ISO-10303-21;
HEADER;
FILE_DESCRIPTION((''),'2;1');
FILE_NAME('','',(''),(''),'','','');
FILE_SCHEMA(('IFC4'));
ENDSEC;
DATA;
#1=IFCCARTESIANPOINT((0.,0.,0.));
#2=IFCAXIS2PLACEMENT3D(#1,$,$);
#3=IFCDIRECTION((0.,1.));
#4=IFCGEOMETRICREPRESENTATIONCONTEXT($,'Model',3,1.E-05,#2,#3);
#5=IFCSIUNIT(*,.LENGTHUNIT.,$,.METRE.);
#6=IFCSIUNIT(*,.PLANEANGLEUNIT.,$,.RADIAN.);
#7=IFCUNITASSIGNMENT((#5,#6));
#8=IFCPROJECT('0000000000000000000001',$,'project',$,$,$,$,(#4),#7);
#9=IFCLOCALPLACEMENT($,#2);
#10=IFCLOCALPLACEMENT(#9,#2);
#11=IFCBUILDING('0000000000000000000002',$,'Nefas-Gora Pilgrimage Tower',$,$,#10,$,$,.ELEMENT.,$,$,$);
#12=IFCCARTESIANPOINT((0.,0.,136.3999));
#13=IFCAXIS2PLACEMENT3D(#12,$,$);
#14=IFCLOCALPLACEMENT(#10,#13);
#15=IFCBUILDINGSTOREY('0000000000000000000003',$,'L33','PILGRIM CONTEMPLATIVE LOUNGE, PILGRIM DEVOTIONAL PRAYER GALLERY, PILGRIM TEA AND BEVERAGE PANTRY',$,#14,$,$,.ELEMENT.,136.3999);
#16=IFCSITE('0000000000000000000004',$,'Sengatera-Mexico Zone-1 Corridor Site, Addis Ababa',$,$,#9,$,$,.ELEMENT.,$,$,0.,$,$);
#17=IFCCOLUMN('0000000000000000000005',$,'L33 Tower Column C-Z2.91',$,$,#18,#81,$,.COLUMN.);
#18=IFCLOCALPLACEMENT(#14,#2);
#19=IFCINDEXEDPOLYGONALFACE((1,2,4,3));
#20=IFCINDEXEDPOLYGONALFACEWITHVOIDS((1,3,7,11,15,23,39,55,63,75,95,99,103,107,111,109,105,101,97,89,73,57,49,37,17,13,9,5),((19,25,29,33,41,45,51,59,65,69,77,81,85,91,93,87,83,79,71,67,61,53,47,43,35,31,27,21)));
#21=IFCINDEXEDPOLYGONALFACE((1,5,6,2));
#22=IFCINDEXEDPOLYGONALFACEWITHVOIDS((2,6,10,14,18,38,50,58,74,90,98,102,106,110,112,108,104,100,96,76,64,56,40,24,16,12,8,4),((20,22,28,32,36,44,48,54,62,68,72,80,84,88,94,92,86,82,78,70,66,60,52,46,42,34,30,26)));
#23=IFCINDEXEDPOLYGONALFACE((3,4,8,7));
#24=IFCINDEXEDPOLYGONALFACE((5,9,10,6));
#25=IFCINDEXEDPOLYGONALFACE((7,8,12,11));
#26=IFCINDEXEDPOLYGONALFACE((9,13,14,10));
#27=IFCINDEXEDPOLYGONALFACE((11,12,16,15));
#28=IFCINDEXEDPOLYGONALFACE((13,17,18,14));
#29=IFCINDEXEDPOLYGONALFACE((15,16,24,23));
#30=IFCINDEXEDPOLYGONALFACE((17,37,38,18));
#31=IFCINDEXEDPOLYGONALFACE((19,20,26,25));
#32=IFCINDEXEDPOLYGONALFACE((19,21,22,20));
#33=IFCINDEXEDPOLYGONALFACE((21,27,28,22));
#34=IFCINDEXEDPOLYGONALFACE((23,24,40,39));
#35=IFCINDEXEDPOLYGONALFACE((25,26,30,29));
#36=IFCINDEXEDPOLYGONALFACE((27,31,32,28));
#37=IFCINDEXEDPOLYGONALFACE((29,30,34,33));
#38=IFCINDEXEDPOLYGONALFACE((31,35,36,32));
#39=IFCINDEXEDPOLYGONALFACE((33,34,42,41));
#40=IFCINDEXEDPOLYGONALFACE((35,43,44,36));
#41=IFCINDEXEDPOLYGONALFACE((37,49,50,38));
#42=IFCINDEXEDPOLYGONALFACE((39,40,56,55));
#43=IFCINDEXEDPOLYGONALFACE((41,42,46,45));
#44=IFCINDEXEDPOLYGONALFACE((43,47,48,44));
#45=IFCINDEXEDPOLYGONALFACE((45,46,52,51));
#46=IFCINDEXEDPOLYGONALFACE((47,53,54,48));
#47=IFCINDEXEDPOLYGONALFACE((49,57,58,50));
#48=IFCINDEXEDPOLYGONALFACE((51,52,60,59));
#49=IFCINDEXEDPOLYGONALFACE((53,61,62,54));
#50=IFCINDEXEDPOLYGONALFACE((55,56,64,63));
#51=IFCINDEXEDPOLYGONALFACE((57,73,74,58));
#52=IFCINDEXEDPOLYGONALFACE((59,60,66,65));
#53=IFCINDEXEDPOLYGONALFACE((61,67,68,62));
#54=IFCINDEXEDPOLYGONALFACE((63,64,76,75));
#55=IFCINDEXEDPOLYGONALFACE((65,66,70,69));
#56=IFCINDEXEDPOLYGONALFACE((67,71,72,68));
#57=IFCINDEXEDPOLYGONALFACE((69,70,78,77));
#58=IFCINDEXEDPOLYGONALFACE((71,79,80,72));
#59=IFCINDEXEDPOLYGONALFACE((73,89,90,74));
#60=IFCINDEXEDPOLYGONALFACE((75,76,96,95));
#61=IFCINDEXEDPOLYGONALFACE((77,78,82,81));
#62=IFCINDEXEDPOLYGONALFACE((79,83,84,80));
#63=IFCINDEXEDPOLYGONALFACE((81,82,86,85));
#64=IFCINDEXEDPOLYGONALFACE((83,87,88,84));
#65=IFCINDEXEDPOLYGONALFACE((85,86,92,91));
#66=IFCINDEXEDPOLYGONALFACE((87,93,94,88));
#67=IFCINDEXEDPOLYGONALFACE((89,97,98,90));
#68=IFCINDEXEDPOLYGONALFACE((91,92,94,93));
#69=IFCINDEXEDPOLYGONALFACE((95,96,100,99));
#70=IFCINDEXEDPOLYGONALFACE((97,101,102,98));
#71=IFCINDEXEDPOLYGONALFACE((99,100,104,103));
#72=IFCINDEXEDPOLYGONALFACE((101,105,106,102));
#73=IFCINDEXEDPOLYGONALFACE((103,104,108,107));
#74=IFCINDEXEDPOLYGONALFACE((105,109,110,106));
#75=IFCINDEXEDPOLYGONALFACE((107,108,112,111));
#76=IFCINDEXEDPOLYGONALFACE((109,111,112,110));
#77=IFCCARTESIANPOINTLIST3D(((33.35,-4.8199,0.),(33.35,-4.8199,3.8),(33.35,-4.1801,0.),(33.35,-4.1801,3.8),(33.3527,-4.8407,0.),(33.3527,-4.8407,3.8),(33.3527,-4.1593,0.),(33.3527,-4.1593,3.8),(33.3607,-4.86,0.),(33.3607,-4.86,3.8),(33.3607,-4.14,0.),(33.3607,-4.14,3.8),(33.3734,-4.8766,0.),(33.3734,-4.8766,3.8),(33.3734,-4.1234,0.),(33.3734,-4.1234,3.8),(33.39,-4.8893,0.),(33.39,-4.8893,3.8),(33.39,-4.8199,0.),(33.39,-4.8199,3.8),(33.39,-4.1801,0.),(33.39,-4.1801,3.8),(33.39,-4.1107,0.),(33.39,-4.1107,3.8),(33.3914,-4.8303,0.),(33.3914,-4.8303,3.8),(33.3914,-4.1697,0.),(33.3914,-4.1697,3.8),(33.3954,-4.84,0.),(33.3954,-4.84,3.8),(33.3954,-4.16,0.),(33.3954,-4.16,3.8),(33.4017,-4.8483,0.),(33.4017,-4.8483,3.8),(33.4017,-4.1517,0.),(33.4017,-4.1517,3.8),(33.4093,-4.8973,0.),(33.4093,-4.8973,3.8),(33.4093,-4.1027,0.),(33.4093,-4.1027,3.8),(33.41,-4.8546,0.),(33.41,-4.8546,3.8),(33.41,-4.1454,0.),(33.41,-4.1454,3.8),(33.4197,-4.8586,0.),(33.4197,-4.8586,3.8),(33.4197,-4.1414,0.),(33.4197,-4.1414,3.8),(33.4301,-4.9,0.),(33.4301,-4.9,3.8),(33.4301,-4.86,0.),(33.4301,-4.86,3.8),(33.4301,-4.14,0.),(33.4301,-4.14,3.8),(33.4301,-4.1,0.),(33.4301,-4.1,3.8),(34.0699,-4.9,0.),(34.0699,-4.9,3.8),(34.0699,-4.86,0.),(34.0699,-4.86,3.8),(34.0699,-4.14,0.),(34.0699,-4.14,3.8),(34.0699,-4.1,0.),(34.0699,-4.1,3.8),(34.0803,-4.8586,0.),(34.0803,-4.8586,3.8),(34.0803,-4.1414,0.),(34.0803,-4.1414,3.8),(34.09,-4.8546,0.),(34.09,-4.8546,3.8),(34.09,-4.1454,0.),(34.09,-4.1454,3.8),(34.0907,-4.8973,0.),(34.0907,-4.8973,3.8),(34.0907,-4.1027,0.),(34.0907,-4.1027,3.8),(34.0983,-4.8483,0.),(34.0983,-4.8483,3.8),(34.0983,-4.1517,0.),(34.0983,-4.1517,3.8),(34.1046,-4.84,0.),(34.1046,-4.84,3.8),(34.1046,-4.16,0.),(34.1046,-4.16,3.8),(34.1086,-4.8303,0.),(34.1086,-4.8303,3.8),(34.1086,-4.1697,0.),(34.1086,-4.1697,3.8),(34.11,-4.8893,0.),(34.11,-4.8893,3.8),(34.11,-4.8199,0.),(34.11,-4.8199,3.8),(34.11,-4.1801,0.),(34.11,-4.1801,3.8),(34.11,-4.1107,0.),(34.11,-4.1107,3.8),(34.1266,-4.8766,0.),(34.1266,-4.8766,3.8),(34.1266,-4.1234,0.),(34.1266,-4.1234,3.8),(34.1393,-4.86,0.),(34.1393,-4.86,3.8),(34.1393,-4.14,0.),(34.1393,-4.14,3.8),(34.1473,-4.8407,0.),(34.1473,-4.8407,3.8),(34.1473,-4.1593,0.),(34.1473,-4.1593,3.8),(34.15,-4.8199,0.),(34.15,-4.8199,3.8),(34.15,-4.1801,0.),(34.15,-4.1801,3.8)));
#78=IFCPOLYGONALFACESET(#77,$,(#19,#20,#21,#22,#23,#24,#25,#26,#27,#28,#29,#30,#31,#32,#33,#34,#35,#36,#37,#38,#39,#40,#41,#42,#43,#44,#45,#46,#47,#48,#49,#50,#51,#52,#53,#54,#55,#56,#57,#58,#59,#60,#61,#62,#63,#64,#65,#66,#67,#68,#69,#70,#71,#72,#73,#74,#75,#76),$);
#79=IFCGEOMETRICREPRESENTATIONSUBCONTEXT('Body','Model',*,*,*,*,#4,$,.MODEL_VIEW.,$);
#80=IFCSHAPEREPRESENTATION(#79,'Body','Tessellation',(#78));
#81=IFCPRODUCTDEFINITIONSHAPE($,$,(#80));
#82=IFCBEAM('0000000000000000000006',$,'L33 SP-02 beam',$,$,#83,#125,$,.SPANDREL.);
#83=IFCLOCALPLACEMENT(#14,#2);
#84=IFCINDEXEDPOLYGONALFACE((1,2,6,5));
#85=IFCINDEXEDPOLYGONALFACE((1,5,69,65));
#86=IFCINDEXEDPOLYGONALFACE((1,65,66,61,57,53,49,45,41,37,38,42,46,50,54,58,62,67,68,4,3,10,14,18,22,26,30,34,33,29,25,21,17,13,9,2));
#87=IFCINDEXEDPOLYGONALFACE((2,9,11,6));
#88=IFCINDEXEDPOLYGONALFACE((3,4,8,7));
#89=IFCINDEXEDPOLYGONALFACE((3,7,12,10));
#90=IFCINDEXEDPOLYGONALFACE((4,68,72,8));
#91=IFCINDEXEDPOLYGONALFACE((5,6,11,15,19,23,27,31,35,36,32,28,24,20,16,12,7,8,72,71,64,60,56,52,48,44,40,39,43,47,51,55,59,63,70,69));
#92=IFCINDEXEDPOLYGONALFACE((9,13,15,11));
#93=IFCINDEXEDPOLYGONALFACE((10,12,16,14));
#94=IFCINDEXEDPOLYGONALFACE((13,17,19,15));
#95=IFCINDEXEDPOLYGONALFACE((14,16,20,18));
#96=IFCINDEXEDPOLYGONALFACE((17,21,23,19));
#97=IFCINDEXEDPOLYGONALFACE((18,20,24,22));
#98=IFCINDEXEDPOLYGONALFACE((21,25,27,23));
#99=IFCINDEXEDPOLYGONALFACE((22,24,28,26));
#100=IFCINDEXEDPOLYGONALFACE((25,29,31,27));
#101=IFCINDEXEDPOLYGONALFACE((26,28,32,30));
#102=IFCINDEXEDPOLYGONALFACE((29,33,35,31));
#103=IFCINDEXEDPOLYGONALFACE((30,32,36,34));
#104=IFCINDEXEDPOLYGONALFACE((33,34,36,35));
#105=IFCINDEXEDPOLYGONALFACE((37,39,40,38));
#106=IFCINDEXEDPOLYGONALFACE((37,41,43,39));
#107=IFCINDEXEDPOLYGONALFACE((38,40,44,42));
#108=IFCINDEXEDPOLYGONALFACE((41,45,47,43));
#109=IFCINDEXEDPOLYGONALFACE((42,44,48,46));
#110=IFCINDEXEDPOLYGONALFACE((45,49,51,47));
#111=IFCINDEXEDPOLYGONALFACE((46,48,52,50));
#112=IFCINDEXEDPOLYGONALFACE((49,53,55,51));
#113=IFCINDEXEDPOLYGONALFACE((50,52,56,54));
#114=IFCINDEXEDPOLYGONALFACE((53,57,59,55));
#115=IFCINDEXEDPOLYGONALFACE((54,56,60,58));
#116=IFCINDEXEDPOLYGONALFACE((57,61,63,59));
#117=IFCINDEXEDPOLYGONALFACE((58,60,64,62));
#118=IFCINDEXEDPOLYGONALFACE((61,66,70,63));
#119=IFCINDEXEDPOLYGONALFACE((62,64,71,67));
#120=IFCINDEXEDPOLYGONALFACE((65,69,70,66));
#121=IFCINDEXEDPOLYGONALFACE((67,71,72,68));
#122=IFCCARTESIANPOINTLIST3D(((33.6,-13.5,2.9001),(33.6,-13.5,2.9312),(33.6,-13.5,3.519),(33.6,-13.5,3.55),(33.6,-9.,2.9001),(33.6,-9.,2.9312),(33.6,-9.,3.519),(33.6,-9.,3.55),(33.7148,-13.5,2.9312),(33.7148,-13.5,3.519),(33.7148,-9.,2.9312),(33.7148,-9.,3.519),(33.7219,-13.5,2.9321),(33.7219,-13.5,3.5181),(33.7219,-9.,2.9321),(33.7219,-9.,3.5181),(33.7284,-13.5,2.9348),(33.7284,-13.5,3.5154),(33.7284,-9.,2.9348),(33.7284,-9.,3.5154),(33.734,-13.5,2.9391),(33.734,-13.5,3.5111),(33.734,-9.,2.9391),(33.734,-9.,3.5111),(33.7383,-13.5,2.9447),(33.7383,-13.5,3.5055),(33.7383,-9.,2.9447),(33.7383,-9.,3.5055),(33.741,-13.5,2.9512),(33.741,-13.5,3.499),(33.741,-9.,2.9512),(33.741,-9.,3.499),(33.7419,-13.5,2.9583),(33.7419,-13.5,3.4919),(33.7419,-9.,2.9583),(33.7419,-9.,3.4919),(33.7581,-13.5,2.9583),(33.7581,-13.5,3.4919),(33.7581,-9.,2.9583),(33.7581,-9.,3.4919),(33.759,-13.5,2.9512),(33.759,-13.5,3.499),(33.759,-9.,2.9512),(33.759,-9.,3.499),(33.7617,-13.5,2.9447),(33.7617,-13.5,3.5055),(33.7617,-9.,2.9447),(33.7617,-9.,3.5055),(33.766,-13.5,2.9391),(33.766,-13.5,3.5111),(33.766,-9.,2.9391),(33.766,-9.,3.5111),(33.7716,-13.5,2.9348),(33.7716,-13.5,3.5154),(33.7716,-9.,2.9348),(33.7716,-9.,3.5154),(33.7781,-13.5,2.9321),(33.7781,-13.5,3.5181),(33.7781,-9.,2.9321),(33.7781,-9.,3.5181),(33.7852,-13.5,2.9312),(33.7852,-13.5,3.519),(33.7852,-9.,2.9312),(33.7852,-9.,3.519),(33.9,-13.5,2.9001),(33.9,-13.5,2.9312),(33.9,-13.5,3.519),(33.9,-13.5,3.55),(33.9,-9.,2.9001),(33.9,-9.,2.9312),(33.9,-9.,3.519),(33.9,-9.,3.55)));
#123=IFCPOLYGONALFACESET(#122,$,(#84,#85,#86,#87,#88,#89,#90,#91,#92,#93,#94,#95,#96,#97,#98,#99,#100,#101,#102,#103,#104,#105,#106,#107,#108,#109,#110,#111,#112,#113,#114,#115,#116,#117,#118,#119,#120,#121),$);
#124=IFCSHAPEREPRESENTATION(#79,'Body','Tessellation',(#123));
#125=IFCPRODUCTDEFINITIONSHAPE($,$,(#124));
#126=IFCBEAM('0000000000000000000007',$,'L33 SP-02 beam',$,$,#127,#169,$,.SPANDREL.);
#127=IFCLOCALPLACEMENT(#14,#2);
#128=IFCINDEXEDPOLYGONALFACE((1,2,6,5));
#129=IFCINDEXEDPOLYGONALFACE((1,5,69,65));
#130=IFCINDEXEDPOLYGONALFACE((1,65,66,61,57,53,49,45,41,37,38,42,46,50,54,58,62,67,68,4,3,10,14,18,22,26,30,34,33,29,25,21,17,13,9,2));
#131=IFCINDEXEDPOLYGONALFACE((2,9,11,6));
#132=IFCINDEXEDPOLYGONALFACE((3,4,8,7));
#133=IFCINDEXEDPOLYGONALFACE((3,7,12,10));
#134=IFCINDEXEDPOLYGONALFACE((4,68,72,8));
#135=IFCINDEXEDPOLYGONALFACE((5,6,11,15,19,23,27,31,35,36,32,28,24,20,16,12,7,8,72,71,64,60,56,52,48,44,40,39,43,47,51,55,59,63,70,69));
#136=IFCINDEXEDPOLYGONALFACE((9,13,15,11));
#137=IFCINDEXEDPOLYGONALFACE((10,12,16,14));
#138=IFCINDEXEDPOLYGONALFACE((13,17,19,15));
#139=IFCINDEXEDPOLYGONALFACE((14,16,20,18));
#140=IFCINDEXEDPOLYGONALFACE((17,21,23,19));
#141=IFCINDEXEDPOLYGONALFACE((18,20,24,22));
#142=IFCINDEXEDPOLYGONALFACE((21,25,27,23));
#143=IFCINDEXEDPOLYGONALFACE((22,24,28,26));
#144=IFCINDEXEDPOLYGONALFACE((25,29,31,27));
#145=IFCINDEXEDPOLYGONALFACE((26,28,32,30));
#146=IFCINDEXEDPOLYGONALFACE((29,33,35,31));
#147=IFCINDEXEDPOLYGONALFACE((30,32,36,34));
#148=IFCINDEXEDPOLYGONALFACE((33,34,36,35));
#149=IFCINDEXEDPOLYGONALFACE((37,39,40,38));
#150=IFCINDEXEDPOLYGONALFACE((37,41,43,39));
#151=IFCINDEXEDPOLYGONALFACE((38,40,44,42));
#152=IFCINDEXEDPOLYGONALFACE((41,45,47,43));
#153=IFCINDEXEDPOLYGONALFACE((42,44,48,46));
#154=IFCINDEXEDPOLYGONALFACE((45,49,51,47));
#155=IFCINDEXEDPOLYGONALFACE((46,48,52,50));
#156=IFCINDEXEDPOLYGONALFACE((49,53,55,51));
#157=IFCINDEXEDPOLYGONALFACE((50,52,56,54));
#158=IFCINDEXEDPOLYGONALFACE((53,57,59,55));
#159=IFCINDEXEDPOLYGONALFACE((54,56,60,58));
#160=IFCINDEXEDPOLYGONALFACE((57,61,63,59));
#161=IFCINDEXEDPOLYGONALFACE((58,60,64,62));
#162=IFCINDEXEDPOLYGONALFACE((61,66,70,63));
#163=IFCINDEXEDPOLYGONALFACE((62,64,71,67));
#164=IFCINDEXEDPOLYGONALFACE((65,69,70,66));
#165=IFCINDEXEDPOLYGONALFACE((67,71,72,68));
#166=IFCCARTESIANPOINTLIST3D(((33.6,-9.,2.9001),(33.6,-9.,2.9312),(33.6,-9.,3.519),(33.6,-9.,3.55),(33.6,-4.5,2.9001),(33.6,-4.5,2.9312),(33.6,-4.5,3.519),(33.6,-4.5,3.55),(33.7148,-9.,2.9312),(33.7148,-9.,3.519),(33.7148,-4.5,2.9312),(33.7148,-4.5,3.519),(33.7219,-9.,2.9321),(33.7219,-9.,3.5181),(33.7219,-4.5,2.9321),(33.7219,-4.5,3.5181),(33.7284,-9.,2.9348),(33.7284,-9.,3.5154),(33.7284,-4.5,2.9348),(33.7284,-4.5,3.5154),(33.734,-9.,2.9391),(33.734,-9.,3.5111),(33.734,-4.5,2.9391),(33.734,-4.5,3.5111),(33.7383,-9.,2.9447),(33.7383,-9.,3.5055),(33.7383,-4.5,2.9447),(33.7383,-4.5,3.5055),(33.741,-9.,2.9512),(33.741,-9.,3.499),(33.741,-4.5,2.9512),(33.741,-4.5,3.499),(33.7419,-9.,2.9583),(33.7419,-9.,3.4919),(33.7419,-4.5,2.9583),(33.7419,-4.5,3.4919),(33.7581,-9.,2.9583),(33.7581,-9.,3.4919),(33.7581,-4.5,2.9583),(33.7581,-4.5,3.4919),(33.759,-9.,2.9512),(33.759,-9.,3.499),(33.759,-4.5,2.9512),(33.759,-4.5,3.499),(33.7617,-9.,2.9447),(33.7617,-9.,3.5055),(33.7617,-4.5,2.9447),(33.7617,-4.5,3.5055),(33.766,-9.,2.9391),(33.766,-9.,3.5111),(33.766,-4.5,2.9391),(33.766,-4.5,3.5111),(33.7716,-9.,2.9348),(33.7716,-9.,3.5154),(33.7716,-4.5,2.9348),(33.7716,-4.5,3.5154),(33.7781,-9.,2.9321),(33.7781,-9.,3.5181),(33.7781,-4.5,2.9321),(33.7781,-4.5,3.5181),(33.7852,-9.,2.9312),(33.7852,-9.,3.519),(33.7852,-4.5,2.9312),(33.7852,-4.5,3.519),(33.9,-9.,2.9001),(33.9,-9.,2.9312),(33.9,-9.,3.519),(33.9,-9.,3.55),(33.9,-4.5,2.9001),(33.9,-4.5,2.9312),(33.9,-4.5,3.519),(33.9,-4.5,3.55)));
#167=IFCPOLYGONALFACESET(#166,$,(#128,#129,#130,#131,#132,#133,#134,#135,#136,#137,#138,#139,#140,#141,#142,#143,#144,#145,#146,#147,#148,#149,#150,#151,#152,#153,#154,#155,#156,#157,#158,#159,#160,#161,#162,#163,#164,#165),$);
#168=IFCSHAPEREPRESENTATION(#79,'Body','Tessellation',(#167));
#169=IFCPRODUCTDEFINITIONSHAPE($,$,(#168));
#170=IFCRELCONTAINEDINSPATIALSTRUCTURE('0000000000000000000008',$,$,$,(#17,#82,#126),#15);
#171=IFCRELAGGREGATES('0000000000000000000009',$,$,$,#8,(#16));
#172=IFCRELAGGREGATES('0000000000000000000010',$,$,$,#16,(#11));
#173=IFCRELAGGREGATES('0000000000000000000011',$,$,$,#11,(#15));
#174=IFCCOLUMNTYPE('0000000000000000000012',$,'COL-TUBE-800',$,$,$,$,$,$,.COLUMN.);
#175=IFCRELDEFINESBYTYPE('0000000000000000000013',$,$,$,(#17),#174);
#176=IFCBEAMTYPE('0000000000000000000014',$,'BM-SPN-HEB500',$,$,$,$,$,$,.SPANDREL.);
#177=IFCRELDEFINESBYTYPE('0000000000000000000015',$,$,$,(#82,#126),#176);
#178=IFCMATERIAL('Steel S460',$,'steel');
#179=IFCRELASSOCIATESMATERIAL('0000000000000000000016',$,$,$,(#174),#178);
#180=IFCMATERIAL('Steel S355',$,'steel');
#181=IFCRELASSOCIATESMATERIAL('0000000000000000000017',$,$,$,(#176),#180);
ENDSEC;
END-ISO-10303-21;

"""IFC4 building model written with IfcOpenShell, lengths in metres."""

from ifc_helpers import new_model, si_unit, direction, frame, origin, origin_2d, place, context, subcontext, project, spatial, hollow_rectangle, i_section, extrude, source, transform, mapped, material, material_profile, profile_set, type_object, element, save


model = new_model("IFC4")

# Units and contexts
model_context = context("Model", 3, precision=1e-05, world=origin(), true_north=direction((0.0, 1.0)))
body_context = subcontext(model_context, "Body", "Model", "MODEL_VIEW")
ifc_project = project(units=[si_unit("LENGTHUNIT", "METRE"), si_unit("PLANEANGLEUNIT", "RADIAN")], contexts=[model_context])

# Site, building, storey
site_placement = place(None, origin())
site = spatial("IfcSite", under=ifc_project, at=site_placement, Name="Sengatera-Mexico Zone-1 Corridor Site, Addis Ababa", CompositionType="ELEMENT", RefElevation=0.0)
building_placement = place(site_placement, origin())
building = spatial("IfcBuilding", under=site, at=building_placement, Name="Nefas-Gora Pilgrimage Tower", CompositionType="ELEMENT")
storey_placement = place(building_placement, frame((0.0, 0.0, 136.3999)))
storey = spatial("IfcBuildingStorey", under=building, at=storey_placement, Name="L33", Description="PILGRIM CONTEMPLATIVE LOUNGE, PILGRIM DEVOTIONAL PRAYER GALLERY, PILGRIM TEA AND BEVERAGE PANTRY", CompositionType="ELEMENT", Elevation=136.3999)

# Column
ifc_material_1 = material(Name="Steel S460", Category="steel")
ifc_material_profile_1 = material_profile(ifc_material_1, hollow_rectangle(XDim=0.8, YDim=0.8, WallThickness=0.04, InnerFilletRadius=0.04, OuterFilletRadius=0.0801, at=origin_2d()), Name="BOX 800x800x40")
ifc_profile_set_1 = profile_set([ifc_material_profile_1], Name="Steel S460")
column_type_1 = type_object("IfcColumnType", Name="COL-TUBE-800", PredefinedType="COLUMN", material=ifc_profile_set_1)
shared_shape_1 = source(origin(), body_context, "Body", "SweptSolid", [
    extrude(hollow_rectangle(XDim=0.8, YDim=0.8, WallThickness=0.04, InnerFilletRadius=0.04, OuterFilletRadius=0.0801, at=origin_2d()), origin(), (0.0, 0.0, 1.0), 3.8),
])
for number, where, z_axis, x_axis, name in (
    (1, (33.75, -4.5, 0.0), (0.0, 0.0, 1.0), (1.0, 0.0, 0.0), "L33 Tower Column C-Z2.91"),
):
    element("IfcColumn", number, at=place(storey_placement, frame(where, z_axis=z_axis, x_axis=x_axis)), inside=storey, type_object=column_type_1, Name=name, PredefinedType="COLUMN", context=body_context, shape_type="MappedRepresentation", body=[
        mapped(shared_shape_1, transform((0.0, 0.0, 0.0), x_axis=(1.0, 0.0, 0.0), y_axis=(0.0, 1.0, 0.0), z_axis=(0.0, 0.0, 1.0), scale=1.0)),
    ])

# Beams
ifc_material_2 = material(Name="Steel S355", Category="steel")
ifc_material_profile_2 = material_profile(ifc_material_2, i_section(OverallWidth=0.3, OverallDepth=0.6499, WebThickness=0.0161, FlangeThickness=0.031, FilletRadius=0.0271, at=origin_2d()), Name="HEB 650")
ifc_profile_set_2 = profile_set([ifc_material_profile_2], Name="Steel S355")
beam_type_1 = type_object("IfcBeamType", Name="BM-SPN-HEB500", PredefinedType="SPANDREL", material=ifc_profile_set_2)
shared_shape_2 = source(origin(), body_context, "Body", "SweptSolid", [
    extrude(i_section(OverallWidth=0.3, OverallDepth=0.6499, WebThickness=0.0161, FlangeThickness=0.031, FilletRadius=0.0271, at=origin_2d()), origin(), (0.0, 0.0, 1.0), 4.5),
])
for number, where, z_axis, x_axis, name in (
    (2, (33.75, -13.5, 3.2251), (0.0, 1.0, 0.0), (-1.0, 0.0, 0.0), "L33 SP-02 beam"),
    (3, (33.75, -9.0, 3.2251), (0.0, 1.0, 0.0), (-1.0, 0.0, 0.0), "L33 SP-02 beam"),
):
    element("IfcBeam", number, at=place(storey_placement, frame(where, z_axis=z_axis, x_axis=x_axis)), inside=storey, type_object=beam_type_1, Name=name, PredefinedType="SPANDREL", context=body_context, shape_type="MappedRepresentation", body=[
        mapped(shared_shape_2, transform((0.0, 0.0, 0.0), x_axis=(1.0, 0.0, 0.0), y_axis=(0.0, 1.0, 0.0), z_axis=(0.0, 0.0, 1.0), scale=1.0)),
    ])

save(model, "model.ifc")
